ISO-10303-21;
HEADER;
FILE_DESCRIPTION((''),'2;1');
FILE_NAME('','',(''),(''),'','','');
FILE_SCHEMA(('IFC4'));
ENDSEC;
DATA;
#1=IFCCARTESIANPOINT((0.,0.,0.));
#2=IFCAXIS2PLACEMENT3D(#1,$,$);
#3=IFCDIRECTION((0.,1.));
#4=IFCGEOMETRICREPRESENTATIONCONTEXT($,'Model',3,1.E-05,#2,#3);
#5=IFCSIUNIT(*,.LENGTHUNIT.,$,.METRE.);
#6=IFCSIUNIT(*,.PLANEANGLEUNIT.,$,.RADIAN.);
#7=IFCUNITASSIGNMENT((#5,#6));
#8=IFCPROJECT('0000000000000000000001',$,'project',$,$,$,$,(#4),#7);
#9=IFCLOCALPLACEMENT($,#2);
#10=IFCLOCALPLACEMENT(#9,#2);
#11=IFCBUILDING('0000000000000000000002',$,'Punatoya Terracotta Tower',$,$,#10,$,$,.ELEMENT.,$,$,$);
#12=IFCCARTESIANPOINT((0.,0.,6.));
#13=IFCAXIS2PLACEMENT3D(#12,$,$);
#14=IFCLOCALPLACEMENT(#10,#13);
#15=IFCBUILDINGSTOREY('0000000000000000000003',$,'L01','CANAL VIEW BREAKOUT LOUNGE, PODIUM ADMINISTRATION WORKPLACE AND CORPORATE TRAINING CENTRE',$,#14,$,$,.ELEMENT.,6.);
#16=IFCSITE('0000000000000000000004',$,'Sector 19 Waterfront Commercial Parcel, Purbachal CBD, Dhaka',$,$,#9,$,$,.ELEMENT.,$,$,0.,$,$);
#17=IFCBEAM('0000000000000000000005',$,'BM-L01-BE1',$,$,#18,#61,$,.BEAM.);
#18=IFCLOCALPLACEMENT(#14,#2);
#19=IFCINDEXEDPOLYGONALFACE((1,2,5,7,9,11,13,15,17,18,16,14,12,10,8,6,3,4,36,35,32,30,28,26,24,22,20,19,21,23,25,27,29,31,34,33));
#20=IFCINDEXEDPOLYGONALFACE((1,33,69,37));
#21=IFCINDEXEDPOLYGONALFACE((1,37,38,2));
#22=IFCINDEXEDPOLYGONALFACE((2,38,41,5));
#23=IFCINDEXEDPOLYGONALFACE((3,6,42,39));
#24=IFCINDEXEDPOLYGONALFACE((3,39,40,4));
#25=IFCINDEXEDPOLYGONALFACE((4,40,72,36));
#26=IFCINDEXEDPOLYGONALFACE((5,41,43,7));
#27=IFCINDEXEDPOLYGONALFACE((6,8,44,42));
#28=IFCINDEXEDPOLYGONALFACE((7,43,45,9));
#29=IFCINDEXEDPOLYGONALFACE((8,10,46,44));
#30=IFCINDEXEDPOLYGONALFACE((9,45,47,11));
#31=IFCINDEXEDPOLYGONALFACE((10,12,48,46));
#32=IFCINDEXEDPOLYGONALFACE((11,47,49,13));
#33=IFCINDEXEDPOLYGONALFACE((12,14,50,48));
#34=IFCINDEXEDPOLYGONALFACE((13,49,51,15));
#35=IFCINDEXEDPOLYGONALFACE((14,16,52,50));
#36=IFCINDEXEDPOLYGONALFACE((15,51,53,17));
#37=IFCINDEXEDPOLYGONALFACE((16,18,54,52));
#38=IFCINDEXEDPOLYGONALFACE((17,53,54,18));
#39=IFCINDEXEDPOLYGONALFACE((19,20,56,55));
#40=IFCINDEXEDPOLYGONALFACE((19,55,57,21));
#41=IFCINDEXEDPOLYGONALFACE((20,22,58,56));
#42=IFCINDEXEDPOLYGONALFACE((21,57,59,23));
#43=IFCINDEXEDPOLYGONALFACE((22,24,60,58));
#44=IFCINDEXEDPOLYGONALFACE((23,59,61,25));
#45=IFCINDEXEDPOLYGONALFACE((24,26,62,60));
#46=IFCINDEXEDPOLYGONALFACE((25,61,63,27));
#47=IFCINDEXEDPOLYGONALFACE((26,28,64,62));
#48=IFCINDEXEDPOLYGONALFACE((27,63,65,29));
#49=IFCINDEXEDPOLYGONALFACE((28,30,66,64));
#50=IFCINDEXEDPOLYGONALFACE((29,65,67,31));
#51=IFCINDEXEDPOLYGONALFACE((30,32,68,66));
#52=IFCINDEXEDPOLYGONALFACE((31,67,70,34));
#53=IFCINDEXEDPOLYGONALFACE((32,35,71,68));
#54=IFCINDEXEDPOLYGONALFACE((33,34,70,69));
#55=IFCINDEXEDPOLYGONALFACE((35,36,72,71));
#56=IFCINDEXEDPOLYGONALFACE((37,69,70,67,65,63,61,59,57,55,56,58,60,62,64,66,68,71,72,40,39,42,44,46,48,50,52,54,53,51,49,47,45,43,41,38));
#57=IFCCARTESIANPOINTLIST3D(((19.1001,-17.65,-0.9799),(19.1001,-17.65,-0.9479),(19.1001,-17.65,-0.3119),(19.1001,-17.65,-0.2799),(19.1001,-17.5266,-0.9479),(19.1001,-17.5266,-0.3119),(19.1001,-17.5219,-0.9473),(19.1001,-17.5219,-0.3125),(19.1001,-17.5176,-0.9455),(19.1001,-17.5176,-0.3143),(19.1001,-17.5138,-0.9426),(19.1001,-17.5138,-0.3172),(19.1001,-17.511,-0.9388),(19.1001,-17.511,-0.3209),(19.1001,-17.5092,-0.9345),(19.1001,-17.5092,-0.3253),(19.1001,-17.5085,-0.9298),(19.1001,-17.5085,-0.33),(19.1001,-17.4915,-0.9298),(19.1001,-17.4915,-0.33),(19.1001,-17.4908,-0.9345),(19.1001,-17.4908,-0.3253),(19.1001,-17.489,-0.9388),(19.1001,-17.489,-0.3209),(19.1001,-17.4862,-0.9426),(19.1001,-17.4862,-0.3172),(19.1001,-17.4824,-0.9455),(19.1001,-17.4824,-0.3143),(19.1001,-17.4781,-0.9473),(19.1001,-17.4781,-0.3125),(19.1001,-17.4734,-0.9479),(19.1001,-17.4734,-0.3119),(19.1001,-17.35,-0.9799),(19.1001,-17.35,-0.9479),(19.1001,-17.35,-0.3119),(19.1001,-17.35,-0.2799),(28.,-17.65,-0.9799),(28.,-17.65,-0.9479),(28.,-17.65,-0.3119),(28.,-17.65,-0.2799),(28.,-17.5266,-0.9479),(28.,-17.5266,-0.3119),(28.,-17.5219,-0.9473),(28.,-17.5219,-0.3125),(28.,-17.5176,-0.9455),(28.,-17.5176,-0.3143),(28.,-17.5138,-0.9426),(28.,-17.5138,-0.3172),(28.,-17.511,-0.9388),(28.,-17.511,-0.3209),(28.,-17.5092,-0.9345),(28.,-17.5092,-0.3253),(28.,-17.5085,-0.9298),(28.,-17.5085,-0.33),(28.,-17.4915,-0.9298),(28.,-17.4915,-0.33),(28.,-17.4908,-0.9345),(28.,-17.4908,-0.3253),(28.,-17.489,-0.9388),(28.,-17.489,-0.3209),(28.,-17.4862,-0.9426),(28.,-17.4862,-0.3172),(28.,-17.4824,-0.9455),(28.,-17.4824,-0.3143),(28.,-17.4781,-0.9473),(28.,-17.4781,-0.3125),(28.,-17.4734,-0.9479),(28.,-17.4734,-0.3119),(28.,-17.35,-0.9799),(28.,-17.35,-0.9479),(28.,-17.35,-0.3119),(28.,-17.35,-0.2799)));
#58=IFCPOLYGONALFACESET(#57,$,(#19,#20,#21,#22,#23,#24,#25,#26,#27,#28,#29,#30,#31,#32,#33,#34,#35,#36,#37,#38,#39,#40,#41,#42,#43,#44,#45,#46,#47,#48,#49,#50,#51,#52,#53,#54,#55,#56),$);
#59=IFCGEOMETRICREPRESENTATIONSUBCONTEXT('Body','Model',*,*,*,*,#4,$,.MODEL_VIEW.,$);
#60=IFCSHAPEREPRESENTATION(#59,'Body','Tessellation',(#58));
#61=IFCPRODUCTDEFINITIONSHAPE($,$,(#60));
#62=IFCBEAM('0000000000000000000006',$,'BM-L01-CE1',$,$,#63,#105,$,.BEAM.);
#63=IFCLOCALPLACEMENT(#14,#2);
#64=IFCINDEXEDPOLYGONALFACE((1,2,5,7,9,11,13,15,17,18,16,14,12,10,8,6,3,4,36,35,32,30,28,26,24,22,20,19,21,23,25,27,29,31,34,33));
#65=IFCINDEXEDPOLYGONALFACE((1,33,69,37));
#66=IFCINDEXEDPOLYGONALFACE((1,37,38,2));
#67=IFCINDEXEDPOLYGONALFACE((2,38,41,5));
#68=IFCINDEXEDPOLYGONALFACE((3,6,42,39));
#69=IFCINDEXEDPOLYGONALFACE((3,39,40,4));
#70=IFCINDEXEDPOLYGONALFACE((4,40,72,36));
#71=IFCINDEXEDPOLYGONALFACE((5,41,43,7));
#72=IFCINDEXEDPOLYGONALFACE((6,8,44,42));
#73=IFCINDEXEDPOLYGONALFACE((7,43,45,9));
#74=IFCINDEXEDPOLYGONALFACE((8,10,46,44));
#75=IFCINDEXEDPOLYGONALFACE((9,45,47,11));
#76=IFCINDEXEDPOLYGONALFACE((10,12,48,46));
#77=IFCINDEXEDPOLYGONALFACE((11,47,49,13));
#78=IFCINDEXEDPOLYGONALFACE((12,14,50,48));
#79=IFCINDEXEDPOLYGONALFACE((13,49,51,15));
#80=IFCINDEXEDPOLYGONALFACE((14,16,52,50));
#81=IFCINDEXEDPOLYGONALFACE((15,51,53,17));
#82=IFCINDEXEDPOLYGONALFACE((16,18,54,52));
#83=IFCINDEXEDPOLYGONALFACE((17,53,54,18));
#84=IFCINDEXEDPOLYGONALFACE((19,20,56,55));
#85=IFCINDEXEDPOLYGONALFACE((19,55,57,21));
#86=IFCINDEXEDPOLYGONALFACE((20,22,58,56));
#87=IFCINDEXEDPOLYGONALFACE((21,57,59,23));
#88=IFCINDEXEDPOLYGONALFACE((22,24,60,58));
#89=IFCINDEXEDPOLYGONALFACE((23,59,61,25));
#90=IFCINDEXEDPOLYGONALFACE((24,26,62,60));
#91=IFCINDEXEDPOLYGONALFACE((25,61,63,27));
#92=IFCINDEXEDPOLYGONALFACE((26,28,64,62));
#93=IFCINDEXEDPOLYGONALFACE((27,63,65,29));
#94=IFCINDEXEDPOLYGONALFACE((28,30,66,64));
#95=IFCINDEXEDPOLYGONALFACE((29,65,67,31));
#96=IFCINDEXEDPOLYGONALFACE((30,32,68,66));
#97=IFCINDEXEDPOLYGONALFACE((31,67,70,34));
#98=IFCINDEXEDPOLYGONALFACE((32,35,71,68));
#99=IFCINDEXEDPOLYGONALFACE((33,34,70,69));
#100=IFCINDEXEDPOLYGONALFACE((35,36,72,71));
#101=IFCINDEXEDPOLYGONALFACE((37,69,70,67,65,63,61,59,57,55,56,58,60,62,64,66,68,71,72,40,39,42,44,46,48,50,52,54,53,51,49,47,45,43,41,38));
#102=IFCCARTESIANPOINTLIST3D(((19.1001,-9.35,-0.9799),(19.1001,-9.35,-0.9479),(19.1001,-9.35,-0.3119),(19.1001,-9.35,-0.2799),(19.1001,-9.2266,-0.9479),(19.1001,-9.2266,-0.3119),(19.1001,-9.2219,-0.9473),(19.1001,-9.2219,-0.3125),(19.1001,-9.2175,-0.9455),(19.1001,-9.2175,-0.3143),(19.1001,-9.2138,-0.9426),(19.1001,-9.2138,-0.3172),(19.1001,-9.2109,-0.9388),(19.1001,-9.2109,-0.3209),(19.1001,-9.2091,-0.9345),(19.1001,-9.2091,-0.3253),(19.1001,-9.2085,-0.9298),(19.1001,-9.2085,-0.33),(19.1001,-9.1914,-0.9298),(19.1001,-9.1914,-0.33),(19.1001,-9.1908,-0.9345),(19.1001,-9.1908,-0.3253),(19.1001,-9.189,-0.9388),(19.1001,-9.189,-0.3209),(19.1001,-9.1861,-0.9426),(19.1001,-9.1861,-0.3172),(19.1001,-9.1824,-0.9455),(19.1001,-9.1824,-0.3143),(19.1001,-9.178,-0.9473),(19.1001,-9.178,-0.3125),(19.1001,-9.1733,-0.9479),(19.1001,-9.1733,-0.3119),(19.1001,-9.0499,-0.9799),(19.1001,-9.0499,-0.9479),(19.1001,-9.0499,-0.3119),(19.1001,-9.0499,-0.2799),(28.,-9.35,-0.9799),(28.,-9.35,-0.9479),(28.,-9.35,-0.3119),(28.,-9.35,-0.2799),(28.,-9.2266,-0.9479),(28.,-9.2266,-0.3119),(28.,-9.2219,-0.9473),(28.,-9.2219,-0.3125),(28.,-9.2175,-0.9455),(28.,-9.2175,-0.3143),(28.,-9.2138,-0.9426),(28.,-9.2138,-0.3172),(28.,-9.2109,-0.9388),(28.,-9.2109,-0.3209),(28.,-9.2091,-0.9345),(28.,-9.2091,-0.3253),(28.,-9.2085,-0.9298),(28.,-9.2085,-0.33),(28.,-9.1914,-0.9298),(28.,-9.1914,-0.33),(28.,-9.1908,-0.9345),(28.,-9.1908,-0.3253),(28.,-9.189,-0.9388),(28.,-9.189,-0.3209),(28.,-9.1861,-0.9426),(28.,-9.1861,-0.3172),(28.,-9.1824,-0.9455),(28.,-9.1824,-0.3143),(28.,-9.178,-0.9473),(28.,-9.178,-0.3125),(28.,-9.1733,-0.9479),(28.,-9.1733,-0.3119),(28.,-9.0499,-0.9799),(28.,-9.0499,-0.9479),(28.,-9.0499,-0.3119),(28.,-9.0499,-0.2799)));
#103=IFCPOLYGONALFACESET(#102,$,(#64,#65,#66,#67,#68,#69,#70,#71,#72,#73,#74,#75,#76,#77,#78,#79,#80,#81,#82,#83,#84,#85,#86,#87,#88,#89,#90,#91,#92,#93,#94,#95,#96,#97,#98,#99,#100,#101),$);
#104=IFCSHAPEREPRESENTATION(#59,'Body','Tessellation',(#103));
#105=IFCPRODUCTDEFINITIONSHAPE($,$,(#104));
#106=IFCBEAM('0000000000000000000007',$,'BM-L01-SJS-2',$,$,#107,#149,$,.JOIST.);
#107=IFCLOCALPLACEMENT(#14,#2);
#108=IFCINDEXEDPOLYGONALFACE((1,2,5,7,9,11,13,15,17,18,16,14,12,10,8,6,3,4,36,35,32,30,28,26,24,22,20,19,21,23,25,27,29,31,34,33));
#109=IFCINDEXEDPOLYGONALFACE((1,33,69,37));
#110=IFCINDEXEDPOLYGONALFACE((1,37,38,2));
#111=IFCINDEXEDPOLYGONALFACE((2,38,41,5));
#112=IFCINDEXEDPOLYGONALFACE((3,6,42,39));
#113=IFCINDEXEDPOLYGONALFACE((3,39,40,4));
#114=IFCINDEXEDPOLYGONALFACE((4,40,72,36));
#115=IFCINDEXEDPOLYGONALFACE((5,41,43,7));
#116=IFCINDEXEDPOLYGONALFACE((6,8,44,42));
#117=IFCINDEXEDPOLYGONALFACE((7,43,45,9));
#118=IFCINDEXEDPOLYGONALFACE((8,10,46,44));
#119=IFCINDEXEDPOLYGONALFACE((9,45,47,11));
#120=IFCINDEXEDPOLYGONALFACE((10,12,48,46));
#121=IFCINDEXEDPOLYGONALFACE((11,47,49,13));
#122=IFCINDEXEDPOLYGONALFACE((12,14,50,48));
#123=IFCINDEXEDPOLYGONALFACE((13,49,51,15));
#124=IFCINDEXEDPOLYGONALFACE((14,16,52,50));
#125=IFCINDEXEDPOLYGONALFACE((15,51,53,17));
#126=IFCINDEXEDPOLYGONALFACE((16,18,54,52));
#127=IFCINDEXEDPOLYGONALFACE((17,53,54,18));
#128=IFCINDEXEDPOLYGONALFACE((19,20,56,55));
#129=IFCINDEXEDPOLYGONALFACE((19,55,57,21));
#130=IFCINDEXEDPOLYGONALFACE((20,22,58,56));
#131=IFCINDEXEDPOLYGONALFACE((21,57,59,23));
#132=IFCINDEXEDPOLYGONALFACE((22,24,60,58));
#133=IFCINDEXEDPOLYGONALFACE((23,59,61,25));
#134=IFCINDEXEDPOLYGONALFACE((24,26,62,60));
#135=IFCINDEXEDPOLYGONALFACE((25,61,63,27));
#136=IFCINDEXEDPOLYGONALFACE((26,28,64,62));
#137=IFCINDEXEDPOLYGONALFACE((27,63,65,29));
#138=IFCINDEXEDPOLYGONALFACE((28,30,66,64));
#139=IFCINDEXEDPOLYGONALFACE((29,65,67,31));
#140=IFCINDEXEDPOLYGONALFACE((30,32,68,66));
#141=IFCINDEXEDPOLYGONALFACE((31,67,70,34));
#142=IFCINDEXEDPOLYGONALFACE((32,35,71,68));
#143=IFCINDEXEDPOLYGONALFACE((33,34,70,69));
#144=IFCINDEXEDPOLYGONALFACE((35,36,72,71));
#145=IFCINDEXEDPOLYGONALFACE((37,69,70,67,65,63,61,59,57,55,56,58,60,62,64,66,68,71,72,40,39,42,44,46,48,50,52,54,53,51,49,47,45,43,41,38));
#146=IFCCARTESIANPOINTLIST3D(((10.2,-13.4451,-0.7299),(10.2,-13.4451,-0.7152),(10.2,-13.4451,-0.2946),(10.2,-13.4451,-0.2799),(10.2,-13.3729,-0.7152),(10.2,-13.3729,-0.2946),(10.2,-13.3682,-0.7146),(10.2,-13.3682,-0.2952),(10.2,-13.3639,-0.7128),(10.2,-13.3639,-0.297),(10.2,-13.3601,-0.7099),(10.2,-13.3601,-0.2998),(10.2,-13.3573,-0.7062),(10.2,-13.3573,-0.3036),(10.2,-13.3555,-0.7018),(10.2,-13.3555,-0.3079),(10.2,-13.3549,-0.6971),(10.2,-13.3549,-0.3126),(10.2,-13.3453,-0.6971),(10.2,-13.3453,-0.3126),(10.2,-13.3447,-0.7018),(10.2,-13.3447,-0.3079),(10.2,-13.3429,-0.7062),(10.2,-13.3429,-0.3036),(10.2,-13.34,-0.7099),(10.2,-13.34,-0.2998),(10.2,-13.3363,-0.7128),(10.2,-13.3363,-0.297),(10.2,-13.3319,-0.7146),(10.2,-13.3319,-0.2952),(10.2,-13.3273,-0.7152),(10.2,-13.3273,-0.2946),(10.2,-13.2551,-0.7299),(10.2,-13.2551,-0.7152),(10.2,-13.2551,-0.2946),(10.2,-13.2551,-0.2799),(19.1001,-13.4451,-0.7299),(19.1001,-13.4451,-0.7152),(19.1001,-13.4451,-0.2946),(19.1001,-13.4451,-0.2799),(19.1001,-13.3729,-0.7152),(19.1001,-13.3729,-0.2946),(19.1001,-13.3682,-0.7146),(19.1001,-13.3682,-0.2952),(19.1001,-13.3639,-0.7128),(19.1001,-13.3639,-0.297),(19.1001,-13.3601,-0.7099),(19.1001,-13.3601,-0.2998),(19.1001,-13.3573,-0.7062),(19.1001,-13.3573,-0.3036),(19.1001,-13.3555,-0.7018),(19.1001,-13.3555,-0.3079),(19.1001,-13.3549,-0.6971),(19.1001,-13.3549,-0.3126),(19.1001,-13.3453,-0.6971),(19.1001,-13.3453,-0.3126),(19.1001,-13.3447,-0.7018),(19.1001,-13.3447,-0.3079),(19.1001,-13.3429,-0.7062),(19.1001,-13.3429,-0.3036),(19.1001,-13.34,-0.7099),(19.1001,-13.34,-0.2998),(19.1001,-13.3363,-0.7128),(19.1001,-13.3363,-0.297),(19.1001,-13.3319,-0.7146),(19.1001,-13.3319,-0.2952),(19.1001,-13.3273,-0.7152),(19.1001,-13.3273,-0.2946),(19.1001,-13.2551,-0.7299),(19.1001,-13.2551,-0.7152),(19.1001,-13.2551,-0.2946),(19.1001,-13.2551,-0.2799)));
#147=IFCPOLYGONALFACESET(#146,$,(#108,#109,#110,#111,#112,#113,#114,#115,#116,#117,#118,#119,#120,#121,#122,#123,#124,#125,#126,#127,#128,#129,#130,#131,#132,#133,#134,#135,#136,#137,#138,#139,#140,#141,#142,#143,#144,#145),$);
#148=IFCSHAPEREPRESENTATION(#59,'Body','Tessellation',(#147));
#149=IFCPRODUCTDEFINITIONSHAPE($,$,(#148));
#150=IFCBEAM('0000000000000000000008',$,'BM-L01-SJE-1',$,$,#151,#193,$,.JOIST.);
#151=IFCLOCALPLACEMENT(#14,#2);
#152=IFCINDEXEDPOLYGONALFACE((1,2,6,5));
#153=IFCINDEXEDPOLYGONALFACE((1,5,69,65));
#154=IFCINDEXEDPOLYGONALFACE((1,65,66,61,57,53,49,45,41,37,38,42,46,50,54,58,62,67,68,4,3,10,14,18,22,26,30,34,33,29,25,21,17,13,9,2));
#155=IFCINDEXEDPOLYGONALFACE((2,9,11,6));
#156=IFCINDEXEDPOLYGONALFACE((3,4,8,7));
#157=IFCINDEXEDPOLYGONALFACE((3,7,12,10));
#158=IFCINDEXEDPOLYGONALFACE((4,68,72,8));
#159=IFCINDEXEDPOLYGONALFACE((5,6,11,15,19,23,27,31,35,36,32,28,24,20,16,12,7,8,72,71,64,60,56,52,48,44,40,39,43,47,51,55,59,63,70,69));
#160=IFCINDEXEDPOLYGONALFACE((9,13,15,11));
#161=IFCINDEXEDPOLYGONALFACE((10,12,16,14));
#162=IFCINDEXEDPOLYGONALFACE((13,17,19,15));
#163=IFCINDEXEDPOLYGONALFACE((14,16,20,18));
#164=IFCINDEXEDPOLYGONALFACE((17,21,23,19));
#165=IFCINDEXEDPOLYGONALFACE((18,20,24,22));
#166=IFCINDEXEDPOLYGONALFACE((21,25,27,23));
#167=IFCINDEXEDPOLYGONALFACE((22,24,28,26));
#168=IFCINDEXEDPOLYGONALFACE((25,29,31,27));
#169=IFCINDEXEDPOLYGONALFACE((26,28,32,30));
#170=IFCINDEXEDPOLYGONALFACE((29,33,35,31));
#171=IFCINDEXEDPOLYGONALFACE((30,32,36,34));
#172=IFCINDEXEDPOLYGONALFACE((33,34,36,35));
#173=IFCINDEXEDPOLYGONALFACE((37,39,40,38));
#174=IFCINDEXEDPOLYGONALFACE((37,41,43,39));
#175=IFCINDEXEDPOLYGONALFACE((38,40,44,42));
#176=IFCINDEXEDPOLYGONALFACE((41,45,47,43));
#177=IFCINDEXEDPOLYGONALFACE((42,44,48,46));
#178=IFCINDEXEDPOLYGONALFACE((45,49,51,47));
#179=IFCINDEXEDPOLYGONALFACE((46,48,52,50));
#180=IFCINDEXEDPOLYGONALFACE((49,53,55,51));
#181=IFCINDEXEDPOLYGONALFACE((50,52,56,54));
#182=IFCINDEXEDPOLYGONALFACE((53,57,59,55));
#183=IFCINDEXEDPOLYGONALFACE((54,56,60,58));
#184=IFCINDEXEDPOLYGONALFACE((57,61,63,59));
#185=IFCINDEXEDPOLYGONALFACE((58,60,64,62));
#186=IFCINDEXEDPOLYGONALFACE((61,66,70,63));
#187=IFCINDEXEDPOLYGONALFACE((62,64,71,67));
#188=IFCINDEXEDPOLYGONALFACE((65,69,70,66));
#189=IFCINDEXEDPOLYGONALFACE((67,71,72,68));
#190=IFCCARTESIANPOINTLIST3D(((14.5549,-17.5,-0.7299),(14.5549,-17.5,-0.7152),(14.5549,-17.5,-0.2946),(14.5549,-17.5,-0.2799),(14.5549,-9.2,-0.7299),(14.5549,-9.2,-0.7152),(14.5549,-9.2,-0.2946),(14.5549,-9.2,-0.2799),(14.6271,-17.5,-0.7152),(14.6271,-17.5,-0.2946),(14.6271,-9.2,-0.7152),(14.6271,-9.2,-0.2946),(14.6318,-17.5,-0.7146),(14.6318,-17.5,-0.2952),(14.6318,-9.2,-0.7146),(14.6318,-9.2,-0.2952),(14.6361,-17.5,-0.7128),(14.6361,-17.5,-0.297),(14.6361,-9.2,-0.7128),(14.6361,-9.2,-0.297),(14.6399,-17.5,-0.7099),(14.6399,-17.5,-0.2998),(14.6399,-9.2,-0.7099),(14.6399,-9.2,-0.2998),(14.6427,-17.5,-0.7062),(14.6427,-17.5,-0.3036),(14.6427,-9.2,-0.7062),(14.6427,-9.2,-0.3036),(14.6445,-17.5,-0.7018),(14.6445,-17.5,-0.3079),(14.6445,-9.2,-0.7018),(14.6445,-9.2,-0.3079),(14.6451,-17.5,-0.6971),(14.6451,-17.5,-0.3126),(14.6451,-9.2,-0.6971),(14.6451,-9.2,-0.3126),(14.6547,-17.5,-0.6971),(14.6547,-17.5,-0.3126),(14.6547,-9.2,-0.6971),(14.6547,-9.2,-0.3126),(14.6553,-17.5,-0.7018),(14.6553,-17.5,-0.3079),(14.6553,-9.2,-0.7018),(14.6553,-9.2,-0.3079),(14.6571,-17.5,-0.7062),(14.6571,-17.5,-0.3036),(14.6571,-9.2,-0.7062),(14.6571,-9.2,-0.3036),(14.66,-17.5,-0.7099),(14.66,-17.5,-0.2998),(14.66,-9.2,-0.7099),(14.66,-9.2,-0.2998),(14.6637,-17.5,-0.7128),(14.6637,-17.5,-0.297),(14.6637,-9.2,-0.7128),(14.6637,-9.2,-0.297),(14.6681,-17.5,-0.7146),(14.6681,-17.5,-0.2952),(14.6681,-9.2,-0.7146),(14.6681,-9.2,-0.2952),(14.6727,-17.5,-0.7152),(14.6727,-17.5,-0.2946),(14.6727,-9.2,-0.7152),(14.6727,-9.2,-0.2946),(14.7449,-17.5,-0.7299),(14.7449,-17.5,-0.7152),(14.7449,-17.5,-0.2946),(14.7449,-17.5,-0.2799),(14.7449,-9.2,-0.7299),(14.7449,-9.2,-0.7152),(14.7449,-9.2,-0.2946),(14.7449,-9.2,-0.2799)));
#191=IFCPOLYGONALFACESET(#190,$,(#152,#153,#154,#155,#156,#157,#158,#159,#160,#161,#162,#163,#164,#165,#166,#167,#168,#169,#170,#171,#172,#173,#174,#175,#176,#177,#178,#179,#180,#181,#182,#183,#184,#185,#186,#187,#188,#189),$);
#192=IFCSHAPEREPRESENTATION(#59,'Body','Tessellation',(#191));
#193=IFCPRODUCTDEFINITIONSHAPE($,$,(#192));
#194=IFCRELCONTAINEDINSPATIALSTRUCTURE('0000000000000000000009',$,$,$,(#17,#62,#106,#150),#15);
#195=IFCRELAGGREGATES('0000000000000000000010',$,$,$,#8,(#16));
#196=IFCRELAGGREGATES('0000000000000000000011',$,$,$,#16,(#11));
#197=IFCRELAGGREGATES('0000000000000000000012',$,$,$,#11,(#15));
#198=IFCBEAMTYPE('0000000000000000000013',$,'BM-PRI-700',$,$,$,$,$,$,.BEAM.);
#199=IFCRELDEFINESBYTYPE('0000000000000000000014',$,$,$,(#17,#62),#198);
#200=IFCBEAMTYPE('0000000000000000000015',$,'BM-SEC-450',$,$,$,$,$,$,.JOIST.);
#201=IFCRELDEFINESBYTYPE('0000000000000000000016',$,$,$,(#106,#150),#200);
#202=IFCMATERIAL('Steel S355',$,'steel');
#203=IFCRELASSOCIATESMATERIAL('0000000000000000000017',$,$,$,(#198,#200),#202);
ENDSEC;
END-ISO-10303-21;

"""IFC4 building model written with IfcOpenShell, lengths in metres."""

from ifc_helpers import new_model, si_unit, direction, frame, origin, origin_2d, place, context, subcontext, project, spatial, i_section, extrude, material, material_profile, profile_set, type_object, element, save


model = new_model("IFC4")

# Units and contexts
model_context = context("Model", 3, precision=1e-05, world=origin(), true_north=direction((0.0, 1.0)))
body_context = subcontext(model_context, "Body", "Model", "MODEL_VIEW")
ifc_project = project(units=[si_unit("LENGTHUNIT", "METRE"), si_unit("PLANEANGLEUNIT", "RADIAN")], contexts=[model_context])

# Site, building, storey
site_placement = place(None, origin())
site = spatial("IfcSite", under=ifc_project, at=site_placement, Name="Sector 19 Waterfront Commercial Parcel, Purbachal CBD, Dhaka", CompositionType="ELEMENT", RefElevation=0.0)
building_placement = place(site_placement, origin())
building = spatial("IfcBuilding", under=site, at=building_placement, Name="Punatoya Terracotta Tower", CompositionType="ELEMENT")
storey_placement = place(building_placement, frame((0.0, 0.0, 6.0)))
storey = spatial("IfcBuildingStorey", under=building, at=storey_placement, Name="L01", Description="CANAL VIEW BREAKOUT LOUNGE, PODIUM ADMINISTRATION WORKPLACE AND CORPORATE TRAINING CENTRE", CompositionType="ELEMENT", Elevation=6.0)

# Beams
ifc_material_1 = material(Name="Steel S355", Category="steel")
ifc_material_profile_1 = material_profile(ifc_material_1, i_section(OverallWidth=0.3, OverallDepth=0.7, WebThickness=0.0171, FlangeThickness=0.032, FilletRadius=0.0181, at=origin_2d()))
ifc_profile_set_1 = profile_set([ifc_material_profile_1], Name="Steel S355")
beam_type_1 = type_object("IfcBeamType", Name="BM-PRI-700", PredefinedType="BEAM", material=ifc_profile_set_1)
for number, where, z_axis, x_axis, name in (
    (1, (19.1001, -17.5, -0.6299), (1.0, 0.0, 0.0), (0.0, 1.0, 0.0), "BM-L01-BE1"),
    (2, (19.1001, -9.2, -0.6299), (1.0, 0.0, 0.0), (0.0, 1.0, 0.0), "BM-L01-CE1"),
):
    element("IfcBeam", number, at=place(storey_placement, frame(where, z_axis=z_axis, x_axis=x_axis)), inside=storey, type_object=beam_type_1, Name=name, PredefinedType="BEAM", context=body_context, shape_type="SweptSolid", body=[
        extrude(i_section(OverallWidth=0.3, OverallDepth=0.7, WebThickness=0.0171, FlangeThickness=0.032, FilletRadius=0.0181, at=origin_2d()), origin(), (0.0, 0.0, 1.0), 8.8999),
    ])
ifc_material_profile_2 = material_profile(ifc_material_1, i_section(OverallWidth=0.1899, OverallDepth=0.45, WebThickness=0.0095, FlangeThickness=0.0146, FilletRadius=0.0181, at=origin_2d()))
ifc_profile_set_2 = profile_set([ifc_material_profile_2], Name="Steel S355")
beam_type_2 = type_object("IfcBeamType", Name="BM-SEC-450", PredefinedType="JOIST", material=ifc_profile_set_2)
beam_1_placement = place(storey_placement, frame((10.2, -13.3501, -0.5049), z_axis=(1.0, 0.0, 0.0), x_axis=(0.0, 1.0, 0.0)))
element("IfcBeam", 3, at=beam_1_placement, inside=storey, type_object=beam_type_2, Name="BM-L01-SJS-2", PredefinedType="JOIST", context=body_context, shape_type="SweptSolid", body=[
    extrude(i_section(OverallWidth=0.1899, OverallDepth=0.45, WebThickness=0.0095, FlangeThickness=0.0146, FilletRadius=0.0181, at=origin_2d()), origin(), (0.0, 0.0, 1.0), 8.9001),
])
beam_2_placement = place(storey_placement, frame((14.6499, -17.5, -0.5049), z_axis=(0.0, 1.0, 0.0), x_axis=(-1.0, 0.0, 0.0)))
element("IfcBeam", 4, at=beam_2_placement, inside=storey, type_object=beam_type_2, Name="BM-L01-SJE-1", PredefinedType="JOIST", context=body_context, shape_type="SweptSolid", body=[
    extrude(i_section(OverallWidth=0.1899, OverallDepth=0.45, WebThickness=0.0095, FlangeThickness=0.0146, FilletRadius=0.0181, at=origin_2d()), origin(), (0.0, 0.0, 1.0), 8.3),
])

save(model, "model.ifc")
